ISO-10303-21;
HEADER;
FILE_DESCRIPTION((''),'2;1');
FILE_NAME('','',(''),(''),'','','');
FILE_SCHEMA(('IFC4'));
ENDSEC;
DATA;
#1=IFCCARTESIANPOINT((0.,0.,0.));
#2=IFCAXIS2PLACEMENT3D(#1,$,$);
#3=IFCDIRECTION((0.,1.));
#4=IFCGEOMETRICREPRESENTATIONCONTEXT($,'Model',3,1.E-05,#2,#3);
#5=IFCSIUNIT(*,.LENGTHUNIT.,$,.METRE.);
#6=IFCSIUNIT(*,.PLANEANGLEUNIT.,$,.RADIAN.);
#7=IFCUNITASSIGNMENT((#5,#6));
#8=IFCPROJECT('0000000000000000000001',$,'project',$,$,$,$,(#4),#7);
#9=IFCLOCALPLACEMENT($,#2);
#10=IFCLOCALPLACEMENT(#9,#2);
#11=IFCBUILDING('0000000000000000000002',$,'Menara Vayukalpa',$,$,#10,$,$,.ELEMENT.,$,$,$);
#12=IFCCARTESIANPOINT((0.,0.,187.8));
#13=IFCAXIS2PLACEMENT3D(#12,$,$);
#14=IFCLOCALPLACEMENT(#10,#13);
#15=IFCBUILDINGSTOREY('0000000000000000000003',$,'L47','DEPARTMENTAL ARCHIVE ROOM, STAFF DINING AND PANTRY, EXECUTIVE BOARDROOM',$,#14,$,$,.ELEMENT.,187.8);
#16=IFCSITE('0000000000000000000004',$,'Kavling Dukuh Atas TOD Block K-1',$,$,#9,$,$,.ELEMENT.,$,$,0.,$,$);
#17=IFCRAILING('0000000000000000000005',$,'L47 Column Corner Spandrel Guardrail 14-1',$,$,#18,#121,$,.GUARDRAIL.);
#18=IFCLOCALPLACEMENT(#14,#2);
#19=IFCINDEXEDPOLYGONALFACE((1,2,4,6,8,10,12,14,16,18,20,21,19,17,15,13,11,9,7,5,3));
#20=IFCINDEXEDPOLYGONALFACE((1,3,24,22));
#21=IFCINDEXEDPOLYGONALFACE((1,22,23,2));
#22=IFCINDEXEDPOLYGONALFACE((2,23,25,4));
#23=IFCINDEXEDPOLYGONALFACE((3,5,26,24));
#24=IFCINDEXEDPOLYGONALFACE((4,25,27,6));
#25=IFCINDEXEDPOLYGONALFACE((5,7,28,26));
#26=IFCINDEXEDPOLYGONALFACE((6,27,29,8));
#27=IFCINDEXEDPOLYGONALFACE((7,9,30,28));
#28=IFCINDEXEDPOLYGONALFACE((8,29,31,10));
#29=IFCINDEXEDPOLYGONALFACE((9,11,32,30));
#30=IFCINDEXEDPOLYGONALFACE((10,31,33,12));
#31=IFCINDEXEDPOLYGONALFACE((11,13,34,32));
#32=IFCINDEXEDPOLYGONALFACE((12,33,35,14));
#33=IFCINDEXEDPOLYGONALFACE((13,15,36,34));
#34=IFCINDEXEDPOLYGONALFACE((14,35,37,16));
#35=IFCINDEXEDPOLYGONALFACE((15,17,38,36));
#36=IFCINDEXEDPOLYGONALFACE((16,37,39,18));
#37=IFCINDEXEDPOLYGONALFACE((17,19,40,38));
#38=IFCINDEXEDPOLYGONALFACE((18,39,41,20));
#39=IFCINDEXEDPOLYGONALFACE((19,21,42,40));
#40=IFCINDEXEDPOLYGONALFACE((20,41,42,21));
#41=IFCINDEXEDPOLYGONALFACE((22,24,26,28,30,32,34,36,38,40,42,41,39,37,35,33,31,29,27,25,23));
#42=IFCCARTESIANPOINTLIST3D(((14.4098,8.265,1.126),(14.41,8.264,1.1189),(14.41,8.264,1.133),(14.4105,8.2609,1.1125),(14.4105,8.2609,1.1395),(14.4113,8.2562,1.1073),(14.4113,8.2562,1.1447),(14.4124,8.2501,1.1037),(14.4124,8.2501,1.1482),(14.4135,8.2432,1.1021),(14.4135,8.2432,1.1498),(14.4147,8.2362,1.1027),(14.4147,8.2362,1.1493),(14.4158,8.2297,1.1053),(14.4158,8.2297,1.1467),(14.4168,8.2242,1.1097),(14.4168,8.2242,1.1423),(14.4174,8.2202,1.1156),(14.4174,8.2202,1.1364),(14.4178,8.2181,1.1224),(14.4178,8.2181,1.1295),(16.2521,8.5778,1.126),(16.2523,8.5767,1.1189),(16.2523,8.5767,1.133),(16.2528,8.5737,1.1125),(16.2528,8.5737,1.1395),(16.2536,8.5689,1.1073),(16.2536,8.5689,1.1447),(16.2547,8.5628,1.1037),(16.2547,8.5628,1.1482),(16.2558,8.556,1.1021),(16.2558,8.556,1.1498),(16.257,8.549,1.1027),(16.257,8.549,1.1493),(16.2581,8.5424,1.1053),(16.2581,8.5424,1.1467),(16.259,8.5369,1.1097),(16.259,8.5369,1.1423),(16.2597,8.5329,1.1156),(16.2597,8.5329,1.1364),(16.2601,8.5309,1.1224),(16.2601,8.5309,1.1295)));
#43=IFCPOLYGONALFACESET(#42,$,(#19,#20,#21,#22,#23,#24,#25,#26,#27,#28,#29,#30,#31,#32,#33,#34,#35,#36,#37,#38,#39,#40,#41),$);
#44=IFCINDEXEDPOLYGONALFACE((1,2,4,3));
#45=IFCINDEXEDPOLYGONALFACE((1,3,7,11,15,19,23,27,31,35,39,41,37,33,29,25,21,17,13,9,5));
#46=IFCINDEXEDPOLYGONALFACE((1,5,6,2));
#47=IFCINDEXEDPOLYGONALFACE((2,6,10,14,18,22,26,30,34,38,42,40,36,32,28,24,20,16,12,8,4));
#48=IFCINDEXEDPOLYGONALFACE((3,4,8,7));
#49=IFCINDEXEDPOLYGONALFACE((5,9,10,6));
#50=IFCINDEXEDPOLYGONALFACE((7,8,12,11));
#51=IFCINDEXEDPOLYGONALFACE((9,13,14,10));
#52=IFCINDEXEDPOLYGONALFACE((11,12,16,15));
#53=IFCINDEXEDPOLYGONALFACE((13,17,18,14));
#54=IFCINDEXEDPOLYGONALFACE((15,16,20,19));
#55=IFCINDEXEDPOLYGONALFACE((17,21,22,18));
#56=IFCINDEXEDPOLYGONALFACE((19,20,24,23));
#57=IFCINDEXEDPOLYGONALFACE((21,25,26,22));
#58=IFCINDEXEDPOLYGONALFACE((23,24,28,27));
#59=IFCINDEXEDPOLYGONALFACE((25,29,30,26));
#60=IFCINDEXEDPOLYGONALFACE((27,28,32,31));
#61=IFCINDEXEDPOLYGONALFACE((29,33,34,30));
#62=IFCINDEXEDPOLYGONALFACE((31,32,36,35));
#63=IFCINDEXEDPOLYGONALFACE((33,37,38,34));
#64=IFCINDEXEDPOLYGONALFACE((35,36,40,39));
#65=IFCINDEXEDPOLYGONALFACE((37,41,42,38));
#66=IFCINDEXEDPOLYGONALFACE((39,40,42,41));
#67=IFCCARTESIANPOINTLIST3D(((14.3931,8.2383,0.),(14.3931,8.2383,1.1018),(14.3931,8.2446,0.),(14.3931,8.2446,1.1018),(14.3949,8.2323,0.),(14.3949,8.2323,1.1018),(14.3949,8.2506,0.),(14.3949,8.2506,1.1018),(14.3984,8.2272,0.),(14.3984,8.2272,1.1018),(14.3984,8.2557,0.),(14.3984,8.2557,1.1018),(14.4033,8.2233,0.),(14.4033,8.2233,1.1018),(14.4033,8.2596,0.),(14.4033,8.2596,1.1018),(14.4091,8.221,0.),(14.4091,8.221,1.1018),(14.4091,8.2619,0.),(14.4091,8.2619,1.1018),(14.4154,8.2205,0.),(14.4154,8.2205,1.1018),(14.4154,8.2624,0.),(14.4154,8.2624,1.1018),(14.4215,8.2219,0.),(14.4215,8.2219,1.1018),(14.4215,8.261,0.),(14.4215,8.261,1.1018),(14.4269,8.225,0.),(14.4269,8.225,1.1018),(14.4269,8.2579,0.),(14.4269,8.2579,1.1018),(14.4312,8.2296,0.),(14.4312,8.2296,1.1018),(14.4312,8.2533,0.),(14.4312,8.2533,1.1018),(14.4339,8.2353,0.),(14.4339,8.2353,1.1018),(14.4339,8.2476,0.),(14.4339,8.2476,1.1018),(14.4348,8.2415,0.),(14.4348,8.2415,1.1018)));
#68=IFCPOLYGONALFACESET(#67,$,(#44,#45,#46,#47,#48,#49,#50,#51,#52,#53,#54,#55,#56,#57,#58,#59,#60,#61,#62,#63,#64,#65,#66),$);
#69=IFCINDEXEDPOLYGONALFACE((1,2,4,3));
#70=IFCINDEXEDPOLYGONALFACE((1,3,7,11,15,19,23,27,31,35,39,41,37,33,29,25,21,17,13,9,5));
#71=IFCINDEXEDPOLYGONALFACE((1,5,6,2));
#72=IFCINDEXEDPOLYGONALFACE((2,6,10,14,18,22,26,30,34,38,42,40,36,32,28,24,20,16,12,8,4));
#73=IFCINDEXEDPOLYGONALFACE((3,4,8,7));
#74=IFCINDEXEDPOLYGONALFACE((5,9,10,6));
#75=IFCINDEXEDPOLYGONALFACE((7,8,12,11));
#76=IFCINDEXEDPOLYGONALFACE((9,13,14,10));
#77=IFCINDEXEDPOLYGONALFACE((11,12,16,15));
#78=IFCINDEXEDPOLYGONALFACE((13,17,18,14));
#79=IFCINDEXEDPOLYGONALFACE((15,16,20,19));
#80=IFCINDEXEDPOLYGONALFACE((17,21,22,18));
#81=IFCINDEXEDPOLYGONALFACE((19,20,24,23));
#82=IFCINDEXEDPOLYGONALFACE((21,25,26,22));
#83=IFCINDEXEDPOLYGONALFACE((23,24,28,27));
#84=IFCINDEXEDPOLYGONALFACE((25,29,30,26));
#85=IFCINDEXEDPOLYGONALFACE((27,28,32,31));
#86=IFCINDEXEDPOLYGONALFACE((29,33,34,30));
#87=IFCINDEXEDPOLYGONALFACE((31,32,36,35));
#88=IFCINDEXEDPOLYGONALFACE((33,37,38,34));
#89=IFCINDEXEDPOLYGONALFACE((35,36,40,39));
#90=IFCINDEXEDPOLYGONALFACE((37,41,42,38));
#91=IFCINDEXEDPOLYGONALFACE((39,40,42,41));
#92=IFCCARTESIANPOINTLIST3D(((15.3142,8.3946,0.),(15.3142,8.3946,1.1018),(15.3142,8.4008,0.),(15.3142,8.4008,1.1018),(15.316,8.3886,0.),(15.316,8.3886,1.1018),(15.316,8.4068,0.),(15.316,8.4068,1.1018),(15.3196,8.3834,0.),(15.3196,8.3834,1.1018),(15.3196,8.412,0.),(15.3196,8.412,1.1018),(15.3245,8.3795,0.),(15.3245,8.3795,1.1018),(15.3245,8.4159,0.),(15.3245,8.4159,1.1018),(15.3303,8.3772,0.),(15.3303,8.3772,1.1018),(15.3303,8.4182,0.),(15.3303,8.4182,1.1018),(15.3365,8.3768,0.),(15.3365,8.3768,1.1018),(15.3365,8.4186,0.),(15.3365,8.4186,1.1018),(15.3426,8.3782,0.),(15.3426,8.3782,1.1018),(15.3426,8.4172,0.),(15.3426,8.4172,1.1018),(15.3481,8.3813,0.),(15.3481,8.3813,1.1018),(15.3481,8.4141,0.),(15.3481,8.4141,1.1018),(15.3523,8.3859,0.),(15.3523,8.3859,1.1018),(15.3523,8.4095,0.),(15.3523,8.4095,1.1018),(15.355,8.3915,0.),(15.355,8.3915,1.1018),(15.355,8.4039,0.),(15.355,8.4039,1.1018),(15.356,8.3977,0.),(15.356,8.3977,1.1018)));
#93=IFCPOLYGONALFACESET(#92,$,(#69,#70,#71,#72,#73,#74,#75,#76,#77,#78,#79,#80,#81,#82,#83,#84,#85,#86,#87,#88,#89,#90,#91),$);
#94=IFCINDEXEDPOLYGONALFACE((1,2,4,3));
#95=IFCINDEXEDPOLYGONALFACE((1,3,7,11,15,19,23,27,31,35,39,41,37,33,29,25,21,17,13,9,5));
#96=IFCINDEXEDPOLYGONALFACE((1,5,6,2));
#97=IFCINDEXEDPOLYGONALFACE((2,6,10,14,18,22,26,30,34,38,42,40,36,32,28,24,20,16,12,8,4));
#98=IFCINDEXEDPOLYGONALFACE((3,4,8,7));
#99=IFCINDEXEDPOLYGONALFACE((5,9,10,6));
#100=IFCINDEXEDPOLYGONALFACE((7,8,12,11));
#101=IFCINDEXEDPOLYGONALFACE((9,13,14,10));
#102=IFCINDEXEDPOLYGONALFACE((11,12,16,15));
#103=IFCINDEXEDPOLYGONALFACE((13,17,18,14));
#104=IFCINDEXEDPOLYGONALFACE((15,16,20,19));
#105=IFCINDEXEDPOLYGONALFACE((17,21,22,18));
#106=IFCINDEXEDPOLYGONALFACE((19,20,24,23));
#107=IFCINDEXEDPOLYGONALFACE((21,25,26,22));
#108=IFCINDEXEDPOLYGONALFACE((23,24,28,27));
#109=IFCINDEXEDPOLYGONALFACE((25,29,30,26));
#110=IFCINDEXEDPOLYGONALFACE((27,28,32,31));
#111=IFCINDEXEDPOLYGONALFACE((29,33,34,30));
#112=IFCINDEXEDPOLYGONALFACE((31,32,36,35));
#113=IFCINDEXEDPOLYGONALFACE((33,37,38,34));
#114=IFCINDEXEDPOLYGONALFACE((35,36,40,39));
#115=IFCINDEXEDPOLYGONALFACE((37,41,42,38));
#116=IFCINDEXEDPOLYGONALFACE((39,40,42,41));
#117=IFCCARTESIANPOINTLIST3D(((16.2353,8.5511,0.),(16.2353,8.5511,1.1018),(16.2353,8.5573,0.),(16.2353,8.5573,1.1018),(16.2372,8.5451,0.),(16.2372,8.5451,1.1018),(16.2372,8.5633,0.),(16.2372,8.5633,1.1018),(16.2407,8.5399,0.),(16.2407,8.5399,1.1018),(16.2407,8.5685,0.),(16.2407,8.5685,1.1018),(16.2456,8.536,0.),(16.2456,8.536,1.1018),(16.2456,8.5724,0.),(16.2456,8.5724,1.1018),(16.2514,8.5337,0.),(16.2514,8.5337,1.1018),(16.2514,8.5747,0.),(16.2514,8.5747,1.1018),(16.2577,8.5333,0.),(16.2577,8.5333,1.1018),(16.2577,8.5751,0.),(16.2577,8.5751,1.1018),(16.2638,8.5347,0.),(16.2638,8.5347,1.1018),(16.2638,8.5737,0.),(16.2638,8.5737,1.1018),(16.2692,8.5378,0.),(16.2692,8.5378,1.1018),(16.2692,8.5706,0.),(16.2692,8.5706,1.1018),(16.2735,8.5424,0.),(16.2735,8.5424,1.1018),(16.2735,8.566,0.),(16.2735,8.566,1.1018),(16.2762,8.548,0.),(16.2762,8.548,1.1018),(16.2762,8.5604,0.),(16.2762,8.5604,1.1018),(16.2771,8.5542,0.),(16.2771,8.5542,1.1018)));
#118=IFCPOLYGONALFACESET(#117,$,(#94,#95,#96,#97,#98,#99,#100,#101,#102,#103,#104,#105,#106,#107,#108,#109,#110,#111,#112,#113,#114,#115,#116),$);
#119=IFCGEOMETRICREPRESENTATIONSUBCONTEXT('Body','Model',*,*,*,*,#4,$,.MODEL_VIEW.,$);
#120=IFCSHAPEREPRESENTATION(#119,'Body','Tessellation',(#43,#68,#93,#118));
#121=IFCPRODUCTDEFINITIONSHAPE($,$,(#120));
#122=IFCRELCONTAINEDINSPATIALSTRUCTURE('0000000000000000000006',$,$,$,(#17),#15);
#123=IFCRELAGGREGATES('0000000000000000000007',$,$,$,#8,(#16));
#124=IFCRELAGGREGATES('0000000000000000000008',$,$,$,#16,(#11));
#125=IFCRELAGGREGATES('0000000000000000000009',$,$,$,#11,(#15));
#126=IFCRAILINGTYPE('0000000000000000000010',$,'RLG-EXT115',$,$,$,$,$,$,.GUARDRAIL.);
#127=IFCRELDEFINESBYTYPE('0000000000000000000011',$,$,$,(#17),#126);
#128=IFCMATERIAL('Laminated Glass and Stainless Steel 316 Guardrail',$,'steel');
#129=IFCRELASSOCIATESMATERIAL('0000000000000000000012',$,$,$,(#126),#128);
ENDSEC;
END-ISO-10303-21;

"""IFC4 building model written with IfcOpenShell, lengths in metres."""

from ifc_helpers import new_model, si_unit, direction, frame, origin, origin_2d, place, context, subcontext, project, spatial, circle, extrude, material, type_object, element, save


model = new_model("IFC4")

# Units and contexts
model_context = context("Model", 3, precision=1e-05, world=origin(), true_north=direction((0.0, 1.0)))
body_context = subcontext(model_context, "Body", "Model", "MODEL_VIEW")
ifc_project = project(units=[si_unit("LENGTHUNIT", "METRE"), si_unit("PLANEANGLEUNIT", "RADIAN")], contexts=[model_context])

# Site, building, storey
site_placement = place(None, origin())
site = spatial("IfcSite", under=ifc_project, at=site_placement, Name="Kavling Dukuh Atas TOD Block K-1", CompositionType="ELEMENT", RefElevation=0.0)
building_placement = place(site_placement, origin())
building = spatial("IfcBuilding", under=site, at=building_placement, Name="Menara Vayukalpa", CompositionType="ELEMENT")
storey_placement = place(building_placement, frame((0.0, 0.0, 187.8)))
storey = spatial("IfcBuildingStorey", under=building, at=storey_placement, Name="L47", Description="DEPARTMENTAL ARCHIVE ROOM, STAFF DINING AND PANTRY, EXECUTIVE BOARDROOM", CompositionType="ELEMENT", Elevation=187.8)

# Railing
ifc_material_1 = material(Name="Laminated Glass and Stainless Steel 316 Guardrail", Category="steel")
railing_type = type_object("IfcRailingType", Name="RLG-EXT115", PredefinedType="GUARDRAIL", material=ifc_material_1)
railing_placement = place(storey_placement, frame((14.4138, 8.2415, 0.0)))
element("IfcRailing", 1, at=railing_placement, inside=storey, type_object=railing_type, Name="L47 Column Corner Spandrel Guardrail 14-1", PredefinedType="GUARDRAIL", context=body_context, shape_type="SweptSolid", body=[
    extrude(circle(Radius=0.0239, at=origin_2d()), frame((0.0, 0.0, 1.126), z_axis=(0.985895, 0.167364, 0.0), x_axis=(-0.167364, 0.985895, 0.0)), (0.0, 0.0, 1.0), 1.8687),
    extrude(circle(Radius=0.021, at=origin_2d()), origin(), (0.0, 0.0, 1.0), 1.1018),
    extrude(circle(Radius=0.021, at=origin_2d()), frame((0.9211, 0.1562, 0.0)), (0.0, 0.0, 1.0), 1.1018),
    extrude(circle(Radius=0.021, at=origin_2d()), frame((1.8423, 0.3127, 0.0)), (0.0, 0.0, 1.0), 1.1018),
])

save(model, "model.ifc")
